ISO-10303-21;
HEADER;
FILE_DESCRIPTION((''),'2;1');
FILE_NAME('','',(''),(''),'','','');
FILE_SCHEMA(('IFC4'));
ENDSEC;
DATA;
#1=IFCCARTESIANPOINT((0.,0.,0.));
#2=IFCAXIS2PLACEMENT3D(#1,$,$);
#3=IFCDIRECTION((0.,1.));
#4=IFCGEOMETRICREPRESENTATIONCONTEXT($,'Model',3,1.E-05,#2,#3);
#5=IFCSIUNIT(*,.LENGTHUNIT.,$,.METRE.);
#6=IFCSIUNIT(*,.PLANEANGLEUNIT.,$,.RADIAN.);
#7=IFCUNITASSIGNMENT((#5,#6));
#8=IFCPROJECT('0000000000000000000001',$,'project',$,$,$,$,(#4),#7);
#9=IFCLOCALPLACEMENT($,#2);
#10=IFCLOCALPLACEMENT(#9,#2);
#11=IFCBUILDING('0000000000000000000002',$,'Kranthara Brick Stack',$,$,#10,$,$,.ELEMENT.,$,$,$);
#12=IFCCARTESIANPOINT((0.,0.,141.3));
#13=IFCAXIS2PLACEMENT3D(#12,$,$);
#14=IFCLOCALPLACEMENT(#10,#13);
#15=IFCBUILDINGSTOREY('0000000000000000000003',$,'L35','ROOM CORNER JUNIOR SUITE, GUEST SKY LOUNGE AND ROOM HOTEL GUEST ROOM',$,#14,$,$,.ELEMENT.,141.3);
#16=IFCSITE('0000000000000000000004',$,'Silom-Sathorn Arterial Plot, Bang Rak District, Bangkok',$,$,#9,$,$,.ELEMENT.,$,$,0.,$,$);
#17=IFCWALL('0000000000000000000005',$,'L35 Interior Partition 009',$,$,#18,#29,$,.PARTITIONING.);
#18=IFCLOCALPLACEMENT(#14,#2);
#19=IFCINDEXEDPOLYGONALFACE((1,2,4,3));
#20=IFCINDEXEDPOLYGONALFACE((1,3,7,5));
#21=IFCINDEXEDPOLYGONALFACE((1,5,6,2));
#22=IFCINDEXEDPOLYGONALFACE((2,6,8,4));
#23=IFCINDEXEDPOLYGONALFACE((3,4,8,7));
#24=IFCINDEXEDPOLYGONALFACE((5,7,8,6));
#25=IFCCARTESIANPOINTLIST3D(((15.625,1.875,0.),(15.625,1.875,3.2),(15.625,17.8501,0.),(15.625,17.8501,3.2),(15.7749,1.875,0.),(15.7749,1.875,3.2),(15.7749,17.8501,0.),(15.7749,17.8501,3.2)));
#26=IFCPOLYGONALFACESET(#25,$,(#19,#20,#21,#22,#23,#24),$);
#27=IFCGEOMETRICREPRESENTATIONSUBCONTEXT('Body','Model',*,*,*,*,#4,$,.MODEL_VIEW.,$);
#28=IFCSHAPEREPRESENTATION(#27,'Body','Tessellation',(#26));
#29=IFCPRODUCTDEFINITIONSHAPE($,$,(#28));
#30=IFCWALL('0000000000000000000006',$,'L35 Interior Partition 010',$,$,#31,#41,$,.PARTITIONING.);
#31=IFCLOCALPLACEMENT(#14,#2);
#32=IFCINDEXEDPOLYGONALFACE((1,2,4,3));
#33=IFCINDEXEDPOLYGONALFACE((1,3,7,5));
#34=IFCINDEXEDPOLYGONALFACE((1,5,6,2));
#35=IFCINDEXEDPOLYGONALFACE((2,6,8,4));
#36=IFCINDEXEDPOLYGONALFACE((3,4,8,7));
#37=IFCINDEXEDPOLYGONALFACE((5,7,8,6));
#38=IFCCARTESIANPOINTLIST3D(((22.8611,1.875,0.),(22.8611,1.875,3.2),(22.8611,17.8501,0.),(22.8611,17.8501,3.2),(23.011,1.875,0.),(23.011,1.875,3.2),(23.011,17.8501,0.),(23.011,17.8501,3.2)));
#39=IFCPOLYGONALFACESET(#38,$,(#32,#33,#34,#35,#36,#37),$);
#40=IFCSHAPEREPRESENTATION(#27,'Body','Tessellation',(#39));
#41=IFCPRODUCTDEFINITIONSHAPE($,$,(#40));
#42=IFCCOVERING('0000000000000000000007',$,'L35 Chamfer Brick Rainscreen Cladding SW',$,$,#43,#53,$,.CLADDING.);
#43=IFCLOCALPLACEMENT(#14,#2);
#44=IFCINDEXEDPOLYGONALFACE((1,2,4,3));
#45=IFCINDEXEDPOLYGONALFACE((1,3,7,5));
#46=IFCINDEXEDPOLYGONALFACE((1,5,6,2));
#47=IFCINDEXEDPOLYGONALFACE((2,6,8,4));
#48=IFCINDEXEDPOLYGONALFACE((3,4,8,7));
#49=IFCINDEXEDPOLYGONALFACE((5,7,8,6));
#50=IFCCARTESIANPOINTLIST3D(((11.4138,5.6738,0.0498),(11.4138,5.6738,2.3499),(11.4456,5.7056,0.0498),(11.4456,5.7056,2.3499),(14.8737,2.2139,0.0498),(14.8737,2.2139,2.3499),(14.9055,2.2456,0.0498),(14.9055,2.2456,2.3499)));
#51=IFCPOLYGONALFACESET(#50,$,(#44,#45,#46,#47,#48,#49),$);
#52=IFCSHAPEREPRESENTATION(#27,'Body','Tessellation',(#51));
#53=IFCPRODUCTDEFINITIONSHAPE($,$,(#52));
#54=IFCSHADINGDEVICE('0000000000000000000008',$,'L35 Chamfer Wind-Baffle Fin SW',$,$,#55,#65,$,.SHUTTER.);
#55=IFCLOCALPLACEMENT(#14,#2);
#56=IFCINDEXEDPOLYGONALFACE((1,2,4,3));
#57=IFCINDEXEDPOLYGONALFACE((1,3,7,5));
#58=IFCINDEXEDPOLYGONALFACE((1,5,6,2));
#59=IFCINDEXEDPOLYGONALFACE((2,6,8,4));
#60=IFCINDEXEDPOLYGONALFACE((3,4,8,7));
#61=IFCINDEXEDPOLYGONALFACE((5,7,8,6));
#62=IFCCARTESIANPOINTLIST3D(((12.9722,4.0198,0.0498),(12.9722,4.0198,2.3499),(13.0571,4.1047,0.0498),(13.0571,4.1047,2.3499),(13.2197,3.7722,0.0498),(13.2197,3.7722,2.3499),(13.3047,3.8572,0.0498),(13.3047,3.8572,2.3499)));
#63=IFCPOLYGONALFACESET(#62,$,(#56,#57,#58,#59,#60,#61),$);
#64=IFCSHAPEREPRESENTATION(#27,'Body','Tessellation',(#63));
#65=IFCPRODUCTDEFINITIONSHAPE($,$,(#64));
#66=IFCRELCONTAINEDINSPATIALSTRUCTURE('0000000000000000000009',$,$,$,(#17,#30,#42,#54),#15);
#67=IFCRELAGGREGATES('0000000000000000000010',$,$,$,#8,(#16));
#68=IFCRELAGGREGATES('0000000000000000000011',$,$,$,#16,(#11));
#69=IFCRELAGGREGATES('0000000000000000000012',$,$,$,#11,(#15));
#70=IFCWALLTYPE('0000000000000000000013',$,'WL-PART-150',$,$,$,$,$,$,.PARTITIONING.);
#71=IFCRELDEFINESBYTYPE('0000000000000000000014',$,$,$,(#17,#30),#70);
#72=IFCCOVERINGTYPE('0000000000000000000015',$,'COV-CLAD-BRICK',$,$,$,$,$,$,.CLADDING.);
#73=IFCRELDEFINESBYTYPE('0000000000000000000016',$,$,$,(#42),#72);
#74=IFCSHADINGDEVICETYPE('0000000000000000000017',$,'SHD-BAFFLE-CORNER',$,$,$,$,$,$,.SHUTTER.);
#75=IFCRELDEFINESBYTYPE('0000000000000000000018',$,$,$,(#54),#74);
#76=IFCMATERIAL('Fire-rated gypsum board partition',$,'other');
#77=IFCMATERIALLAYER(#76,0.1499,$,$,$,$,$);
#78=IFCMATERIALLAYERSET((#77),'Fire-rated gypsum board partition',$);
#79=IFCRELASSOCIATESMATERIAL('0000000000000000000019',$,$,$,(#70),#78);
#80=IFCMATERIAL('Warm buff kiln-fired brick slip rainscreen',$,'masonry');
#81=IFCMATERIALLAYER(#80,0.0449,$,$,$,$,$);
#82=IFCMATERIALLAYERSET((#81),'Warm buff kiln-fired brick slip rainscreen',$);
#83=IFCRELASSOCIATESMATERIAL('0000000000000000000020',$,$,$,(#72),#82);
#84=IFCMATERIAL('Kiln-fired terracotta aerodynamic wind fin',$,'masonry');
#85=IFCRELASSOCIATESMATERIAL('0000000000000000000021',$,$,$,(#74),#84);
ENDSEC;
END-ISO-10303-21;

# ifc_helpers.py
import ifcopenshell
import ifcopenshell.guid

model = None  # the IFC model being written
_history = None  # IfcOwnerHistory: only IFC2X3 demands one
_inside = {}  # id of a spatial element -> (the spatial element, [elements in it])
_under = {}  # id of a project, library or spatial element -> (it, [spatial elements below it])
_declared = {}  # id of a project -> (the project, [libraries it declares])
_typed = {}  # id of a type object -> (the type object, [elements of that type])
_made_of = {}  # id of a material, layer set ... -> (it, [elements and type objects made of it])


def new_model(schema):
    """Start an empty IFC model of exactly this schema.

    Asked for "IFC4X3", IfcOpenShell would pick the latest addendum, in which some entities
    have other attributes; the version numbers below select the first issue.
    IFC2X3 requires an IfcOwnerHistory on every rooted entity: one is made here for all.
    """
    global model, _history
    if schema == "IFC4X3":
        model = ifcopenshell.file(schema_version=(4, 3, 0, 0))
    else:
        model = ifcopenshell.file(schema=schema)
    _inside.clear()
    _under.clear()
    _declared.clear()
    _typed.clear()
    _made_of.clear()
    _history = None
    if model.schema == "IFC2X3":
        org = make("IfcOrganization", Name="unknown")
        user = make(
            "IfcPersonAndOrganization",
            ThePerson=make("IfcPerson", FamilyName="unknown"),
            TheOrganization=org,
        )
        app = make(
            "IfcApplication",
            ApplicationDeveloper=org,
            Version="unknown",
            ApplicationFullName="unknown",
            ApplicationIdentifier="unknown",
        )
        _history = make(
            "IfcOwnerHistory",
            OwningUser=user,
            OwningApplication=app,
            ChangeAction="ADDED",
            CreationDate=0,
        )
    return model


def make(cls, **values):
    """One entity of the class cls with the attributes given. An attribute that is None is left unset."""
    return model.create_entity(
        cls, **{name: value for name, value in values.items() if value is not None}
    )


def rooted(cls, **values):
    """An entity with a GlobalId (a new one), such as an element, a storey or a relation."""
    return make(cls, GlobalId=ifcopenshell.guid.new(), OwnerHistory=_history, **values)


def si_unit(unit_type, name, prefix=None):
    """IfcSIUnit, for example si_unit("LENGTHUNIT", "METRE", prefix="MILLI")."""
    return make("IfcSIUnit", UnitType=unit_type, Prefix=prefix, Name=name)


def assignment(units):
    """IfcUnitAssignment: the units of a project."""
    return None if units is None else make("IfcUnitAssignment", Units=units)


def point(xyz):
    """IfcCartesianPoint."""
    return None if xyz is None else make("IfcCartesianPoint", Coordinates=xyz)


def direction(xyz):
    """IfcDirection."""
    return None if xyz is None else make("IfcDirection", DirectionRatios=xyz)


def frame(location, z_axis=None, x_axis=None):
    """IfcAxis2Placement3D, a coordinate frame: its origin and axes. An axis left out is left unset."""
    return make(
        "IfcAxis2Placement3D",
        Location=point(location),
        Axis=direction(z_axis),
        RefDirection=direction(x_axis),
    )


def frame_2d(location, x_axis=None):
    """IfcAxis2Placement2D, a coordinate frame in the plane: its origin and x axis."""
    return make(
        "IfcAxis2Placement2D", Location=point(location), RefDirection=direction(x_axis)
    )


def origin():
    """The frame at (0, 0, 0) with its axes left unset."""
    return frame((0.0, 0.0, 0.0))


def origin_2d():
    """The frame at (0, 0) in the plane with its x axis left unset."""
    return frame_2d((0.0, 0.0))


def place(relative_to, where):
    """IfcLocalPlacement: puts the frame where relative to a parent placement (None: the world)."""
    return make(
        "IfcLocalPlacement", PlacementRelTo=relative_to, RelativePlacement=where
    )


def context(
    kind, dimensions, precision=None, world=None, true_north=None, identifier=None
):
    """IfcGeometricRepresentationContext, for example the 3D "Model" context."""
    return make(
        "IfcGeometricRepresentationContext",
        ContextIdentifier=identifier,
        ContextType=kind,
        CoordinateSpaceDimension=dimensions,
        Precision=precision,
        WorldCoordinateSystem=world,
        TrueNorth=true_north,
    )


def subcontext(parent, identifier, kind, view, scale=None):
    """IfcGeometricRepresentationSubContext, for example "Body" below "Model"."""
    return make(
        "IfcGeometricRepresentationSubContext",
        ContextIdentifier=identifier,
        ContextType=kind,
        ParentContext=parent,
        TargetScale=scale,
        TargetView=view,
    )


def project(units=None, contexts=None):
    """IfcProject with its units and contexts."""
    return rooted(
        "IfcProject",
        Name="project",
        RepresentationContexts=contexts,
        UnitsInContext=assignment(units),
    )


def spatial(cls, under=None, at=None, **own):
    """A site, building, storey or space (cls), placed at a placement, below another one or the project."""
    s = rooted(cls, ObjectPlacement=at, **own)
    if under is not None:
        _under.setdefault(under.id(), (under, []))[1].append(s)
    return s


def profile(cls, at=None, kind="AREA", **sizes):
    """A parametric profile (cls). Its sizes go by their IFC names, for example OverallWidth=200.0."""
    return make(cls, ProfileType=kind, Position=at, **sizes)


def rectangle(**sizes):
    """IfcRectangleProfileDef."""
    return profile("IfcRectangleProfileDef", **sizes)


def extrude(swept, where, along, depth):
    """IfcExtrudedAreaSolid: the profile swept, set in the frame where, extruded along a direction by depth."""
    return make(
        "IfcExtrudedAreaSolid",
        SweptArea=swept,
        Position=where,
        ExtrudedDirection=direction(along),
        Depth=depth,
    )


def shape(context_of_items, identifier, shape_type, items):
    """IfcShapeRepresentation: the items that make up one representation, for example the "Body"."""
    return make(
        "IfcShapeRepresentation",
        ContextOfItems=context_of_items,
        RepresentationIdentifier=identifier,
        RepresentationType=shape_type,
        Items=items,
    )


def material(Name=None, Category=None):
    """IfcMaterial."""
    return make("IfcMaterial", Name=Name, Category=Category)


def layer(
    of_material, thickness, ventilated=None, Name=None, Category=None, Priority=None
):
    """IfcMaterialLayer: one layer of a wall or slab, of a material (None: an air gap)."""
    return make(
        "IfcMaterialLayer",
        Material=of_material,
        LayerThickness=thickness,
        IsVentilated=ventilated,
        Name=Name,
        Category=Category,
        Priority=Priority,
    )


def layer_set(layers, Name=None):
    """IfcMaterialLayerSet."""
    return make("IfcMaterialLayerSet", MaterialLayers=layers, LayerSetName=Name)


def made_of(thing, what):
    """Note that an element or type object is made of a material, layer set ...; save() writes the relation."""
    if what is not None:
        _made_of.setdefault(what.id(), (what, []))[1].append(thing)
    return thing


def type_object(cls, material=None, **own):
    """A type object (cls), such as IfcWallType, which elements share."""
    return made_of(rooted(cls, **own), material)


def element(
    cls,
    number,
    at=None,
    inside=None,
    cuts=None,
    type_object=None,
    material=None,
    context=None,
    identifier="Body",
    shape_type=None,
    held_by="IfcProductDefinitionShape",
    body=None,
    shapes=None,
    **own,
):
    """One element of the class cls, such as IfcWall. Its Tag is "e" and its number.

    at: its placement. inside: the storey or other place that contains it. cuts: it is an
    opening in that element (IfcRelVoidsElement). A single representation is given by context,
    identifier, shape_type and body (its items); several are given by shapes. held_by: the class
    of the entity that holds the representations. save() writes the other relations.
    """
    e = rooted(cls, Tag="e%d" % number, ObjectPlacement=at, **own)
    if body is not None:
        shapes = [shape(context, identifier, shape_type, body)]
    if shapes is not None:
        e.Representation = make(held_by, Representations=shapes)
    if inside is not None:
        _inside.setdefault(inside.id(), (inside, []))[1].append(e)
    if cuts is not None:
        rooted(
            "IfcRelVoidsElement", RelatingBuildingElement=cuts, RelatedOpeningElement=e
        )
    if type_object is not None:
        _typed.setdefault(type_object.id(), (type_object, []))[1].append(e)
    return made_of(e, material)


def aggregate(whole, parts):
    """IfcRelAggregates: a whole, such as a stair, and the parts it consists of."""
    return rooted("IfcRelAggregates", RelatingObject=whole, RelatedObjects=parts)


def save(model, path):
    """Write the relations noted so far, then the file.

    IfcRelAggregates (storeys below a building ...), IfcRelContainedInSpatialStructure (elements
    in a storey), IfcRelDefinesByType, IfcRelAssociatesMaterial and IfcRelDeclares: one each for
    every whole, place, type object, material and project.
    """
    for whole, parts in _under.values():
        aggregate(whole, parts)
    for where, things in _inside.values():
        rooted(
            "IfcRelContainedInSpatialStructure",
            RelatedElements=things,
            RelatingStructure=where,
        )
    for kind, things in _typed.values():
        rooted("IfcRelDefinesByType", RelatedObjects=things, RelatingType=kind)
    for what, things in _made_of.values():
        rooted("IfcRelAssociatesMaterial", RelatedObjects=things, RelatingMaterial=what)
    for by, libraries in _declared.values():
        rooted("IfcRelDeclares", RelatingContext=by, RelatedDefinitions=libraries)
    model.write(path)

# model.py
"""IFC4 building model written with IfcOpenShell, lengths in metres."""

from ifc_helpers import new_model, si_unit, direction, frame, frame_2d, origin, origin_2d, place, context, subcontext, project, spatial, rectangle, extrude, material, layer, layer_set, type_object, element, save


model = new_model("IFC4")

# Units and contexts
model_context = context("Model", 3, precision=1e-05, world=origin(), true_north=direction((0.0, 1.0)))
body_context = subcontext(model_context, "Body", "Model", "MODEL_VIEW")
ifc_project = project(units=[si_unit("LENGTHUNIT", "METRE"), si_unit("PLANEANGLEUNIT", "RADIAN")], contexts=[model_context])

# Site, building, storey
site_placement = place(None, origin())
site = spatial("IfcSite", under=ifc_project, at=site_placement, Name="Silom-Sathorn Arterial Plot, Bang Rak District, Bangkok", CompositionType="ELEMENT", RefElevation=0.0)
building_placement = place(site_placement, origin())
building = spatial("IfcBuilding", under=site, at=building_placement, Name="Kranthara Brick Stack", CompositionType="ELEMENT")
storey_placement = place(building_placement, frame((0.0, 0.0, 141.3)))
storey = spatial("IfcBuildingStorey", under=building, at=storey_placement, Name="L35", Description="ROOM CORNER JUNIOR SUITE, GUEST SKY LOUNGE AND ROOM HOTEL GUEST ROOM", CompositionType="ELEMENT", Elevation=141.3)

# Walls
ifc_material_1 = material(Name="Fire-rated gypsum board partition", Category="other")
ifc_layer_1 = layer(ifc_material_1, 0.1499)
ifc_layer_set_1 = layer_set([ifc_layer_1], Name="Fire-rated gypsum board partition")
wall_type_1 = type_object("IfcWallType", Name="WL-PART-150", PredefinedType="PARTITIONING", material=ifc_layer_set_1)
for number, where, z_axis, x_axis, name in (
    (1, (15.7, 1.875, 0.0), (0.0, 0.0, 1.0), (0.0, 1.0, 0.0), "L35 Interior Partition 009"),
    (2, (22.936, 1.875, 0.0), (0.0, 0.0, 1.0), (0.0, 1.0, 0.0), "L35 Interior Partition 010"),
):
    element("IfcWall", number, at=place(storey_placement, frame(where, z_axis=z_axis, x_axis=x_axis)), inside=storey, type_object=wall_type_1, Name=name, PredefinedType="PARTITIONING", context=body_context, shape_type="SweptSolid", body=[
        extrude(rectangle(XDim=15.9751, YDim=0.1499, at=frame_2d((7.9875, 0.0))), origin(), (0.0, 0.0, 1.0), 3.2),
    ])

# Covering
ifc_material_2 = material(Name="Warm buff kiln-fired brick slip rainscreen", Category="masonry")
ifc_layer_2 = layer(ifc_material_2, 0.0449)
ifc_layer_set_2 = layer_set([ifc_layer_2], Name="Warm buff kiln-fired brick slip rainscreen")
covering_type = type_object("IfcCoveringType", Name="COV-CLAD-BRICK", PredefinedType="CLADDING", material=ifc_layer_set_2)
covering_placement = place(storey_placement, frame((13.1597, 3.9597, 0.0498), z_axis=(0.0, 0.0, 1.0), x_axis=(-0.707107, 0.707107, 0.0)))
element("IfcCovering", 3, at=covering_placement, inside=storey, type_object=covering_type, Name="L35 Chamfer Brick Rainscreen Cladding SW", PredefinedType="CLADDING", context=body_context, shape_type="SweptSolid", body=[
    extrude(rectangle(XDim=4.8931, YDim=0.0449, at=origin_2d()), origin(), (0.0, 0.0, 1.0), 2.3),
])

# Shading device
ifc_material_3 = material(Name="Kiln-fired terracotta aerodynamic wind fin", Category="masonry")
shading_device_type = type_object("IfcShadingDeviceType", Name="SHD-BAFFLE-CORNER", PredefinedType="SHUTTER", material=ifc_material_3)
shading_device_placement = place(storey_placement, frame((13.1384, 3.9385, 0.0498), z_axis=(0.0, 0.0, 1.0), x_axis=(-0.707107, 0.707107, 0.0)))
element("IfcShadingDevice", 4, at=shading_device_placement, inside=storey, type_object=shading_device_type, Name="L35 Chamfer Wind-Baffle Fin SW", PredefinedType="SHUTTER", context=body_context, shape_type="SweptSolid", body=[
    extrude(rectangle(XDim=0.3501, YDim=0.1201, at=origin_2d()), origin(), (0.0, 0.0, 1.0), 2.3),
])

save(model, "model.ifc")
